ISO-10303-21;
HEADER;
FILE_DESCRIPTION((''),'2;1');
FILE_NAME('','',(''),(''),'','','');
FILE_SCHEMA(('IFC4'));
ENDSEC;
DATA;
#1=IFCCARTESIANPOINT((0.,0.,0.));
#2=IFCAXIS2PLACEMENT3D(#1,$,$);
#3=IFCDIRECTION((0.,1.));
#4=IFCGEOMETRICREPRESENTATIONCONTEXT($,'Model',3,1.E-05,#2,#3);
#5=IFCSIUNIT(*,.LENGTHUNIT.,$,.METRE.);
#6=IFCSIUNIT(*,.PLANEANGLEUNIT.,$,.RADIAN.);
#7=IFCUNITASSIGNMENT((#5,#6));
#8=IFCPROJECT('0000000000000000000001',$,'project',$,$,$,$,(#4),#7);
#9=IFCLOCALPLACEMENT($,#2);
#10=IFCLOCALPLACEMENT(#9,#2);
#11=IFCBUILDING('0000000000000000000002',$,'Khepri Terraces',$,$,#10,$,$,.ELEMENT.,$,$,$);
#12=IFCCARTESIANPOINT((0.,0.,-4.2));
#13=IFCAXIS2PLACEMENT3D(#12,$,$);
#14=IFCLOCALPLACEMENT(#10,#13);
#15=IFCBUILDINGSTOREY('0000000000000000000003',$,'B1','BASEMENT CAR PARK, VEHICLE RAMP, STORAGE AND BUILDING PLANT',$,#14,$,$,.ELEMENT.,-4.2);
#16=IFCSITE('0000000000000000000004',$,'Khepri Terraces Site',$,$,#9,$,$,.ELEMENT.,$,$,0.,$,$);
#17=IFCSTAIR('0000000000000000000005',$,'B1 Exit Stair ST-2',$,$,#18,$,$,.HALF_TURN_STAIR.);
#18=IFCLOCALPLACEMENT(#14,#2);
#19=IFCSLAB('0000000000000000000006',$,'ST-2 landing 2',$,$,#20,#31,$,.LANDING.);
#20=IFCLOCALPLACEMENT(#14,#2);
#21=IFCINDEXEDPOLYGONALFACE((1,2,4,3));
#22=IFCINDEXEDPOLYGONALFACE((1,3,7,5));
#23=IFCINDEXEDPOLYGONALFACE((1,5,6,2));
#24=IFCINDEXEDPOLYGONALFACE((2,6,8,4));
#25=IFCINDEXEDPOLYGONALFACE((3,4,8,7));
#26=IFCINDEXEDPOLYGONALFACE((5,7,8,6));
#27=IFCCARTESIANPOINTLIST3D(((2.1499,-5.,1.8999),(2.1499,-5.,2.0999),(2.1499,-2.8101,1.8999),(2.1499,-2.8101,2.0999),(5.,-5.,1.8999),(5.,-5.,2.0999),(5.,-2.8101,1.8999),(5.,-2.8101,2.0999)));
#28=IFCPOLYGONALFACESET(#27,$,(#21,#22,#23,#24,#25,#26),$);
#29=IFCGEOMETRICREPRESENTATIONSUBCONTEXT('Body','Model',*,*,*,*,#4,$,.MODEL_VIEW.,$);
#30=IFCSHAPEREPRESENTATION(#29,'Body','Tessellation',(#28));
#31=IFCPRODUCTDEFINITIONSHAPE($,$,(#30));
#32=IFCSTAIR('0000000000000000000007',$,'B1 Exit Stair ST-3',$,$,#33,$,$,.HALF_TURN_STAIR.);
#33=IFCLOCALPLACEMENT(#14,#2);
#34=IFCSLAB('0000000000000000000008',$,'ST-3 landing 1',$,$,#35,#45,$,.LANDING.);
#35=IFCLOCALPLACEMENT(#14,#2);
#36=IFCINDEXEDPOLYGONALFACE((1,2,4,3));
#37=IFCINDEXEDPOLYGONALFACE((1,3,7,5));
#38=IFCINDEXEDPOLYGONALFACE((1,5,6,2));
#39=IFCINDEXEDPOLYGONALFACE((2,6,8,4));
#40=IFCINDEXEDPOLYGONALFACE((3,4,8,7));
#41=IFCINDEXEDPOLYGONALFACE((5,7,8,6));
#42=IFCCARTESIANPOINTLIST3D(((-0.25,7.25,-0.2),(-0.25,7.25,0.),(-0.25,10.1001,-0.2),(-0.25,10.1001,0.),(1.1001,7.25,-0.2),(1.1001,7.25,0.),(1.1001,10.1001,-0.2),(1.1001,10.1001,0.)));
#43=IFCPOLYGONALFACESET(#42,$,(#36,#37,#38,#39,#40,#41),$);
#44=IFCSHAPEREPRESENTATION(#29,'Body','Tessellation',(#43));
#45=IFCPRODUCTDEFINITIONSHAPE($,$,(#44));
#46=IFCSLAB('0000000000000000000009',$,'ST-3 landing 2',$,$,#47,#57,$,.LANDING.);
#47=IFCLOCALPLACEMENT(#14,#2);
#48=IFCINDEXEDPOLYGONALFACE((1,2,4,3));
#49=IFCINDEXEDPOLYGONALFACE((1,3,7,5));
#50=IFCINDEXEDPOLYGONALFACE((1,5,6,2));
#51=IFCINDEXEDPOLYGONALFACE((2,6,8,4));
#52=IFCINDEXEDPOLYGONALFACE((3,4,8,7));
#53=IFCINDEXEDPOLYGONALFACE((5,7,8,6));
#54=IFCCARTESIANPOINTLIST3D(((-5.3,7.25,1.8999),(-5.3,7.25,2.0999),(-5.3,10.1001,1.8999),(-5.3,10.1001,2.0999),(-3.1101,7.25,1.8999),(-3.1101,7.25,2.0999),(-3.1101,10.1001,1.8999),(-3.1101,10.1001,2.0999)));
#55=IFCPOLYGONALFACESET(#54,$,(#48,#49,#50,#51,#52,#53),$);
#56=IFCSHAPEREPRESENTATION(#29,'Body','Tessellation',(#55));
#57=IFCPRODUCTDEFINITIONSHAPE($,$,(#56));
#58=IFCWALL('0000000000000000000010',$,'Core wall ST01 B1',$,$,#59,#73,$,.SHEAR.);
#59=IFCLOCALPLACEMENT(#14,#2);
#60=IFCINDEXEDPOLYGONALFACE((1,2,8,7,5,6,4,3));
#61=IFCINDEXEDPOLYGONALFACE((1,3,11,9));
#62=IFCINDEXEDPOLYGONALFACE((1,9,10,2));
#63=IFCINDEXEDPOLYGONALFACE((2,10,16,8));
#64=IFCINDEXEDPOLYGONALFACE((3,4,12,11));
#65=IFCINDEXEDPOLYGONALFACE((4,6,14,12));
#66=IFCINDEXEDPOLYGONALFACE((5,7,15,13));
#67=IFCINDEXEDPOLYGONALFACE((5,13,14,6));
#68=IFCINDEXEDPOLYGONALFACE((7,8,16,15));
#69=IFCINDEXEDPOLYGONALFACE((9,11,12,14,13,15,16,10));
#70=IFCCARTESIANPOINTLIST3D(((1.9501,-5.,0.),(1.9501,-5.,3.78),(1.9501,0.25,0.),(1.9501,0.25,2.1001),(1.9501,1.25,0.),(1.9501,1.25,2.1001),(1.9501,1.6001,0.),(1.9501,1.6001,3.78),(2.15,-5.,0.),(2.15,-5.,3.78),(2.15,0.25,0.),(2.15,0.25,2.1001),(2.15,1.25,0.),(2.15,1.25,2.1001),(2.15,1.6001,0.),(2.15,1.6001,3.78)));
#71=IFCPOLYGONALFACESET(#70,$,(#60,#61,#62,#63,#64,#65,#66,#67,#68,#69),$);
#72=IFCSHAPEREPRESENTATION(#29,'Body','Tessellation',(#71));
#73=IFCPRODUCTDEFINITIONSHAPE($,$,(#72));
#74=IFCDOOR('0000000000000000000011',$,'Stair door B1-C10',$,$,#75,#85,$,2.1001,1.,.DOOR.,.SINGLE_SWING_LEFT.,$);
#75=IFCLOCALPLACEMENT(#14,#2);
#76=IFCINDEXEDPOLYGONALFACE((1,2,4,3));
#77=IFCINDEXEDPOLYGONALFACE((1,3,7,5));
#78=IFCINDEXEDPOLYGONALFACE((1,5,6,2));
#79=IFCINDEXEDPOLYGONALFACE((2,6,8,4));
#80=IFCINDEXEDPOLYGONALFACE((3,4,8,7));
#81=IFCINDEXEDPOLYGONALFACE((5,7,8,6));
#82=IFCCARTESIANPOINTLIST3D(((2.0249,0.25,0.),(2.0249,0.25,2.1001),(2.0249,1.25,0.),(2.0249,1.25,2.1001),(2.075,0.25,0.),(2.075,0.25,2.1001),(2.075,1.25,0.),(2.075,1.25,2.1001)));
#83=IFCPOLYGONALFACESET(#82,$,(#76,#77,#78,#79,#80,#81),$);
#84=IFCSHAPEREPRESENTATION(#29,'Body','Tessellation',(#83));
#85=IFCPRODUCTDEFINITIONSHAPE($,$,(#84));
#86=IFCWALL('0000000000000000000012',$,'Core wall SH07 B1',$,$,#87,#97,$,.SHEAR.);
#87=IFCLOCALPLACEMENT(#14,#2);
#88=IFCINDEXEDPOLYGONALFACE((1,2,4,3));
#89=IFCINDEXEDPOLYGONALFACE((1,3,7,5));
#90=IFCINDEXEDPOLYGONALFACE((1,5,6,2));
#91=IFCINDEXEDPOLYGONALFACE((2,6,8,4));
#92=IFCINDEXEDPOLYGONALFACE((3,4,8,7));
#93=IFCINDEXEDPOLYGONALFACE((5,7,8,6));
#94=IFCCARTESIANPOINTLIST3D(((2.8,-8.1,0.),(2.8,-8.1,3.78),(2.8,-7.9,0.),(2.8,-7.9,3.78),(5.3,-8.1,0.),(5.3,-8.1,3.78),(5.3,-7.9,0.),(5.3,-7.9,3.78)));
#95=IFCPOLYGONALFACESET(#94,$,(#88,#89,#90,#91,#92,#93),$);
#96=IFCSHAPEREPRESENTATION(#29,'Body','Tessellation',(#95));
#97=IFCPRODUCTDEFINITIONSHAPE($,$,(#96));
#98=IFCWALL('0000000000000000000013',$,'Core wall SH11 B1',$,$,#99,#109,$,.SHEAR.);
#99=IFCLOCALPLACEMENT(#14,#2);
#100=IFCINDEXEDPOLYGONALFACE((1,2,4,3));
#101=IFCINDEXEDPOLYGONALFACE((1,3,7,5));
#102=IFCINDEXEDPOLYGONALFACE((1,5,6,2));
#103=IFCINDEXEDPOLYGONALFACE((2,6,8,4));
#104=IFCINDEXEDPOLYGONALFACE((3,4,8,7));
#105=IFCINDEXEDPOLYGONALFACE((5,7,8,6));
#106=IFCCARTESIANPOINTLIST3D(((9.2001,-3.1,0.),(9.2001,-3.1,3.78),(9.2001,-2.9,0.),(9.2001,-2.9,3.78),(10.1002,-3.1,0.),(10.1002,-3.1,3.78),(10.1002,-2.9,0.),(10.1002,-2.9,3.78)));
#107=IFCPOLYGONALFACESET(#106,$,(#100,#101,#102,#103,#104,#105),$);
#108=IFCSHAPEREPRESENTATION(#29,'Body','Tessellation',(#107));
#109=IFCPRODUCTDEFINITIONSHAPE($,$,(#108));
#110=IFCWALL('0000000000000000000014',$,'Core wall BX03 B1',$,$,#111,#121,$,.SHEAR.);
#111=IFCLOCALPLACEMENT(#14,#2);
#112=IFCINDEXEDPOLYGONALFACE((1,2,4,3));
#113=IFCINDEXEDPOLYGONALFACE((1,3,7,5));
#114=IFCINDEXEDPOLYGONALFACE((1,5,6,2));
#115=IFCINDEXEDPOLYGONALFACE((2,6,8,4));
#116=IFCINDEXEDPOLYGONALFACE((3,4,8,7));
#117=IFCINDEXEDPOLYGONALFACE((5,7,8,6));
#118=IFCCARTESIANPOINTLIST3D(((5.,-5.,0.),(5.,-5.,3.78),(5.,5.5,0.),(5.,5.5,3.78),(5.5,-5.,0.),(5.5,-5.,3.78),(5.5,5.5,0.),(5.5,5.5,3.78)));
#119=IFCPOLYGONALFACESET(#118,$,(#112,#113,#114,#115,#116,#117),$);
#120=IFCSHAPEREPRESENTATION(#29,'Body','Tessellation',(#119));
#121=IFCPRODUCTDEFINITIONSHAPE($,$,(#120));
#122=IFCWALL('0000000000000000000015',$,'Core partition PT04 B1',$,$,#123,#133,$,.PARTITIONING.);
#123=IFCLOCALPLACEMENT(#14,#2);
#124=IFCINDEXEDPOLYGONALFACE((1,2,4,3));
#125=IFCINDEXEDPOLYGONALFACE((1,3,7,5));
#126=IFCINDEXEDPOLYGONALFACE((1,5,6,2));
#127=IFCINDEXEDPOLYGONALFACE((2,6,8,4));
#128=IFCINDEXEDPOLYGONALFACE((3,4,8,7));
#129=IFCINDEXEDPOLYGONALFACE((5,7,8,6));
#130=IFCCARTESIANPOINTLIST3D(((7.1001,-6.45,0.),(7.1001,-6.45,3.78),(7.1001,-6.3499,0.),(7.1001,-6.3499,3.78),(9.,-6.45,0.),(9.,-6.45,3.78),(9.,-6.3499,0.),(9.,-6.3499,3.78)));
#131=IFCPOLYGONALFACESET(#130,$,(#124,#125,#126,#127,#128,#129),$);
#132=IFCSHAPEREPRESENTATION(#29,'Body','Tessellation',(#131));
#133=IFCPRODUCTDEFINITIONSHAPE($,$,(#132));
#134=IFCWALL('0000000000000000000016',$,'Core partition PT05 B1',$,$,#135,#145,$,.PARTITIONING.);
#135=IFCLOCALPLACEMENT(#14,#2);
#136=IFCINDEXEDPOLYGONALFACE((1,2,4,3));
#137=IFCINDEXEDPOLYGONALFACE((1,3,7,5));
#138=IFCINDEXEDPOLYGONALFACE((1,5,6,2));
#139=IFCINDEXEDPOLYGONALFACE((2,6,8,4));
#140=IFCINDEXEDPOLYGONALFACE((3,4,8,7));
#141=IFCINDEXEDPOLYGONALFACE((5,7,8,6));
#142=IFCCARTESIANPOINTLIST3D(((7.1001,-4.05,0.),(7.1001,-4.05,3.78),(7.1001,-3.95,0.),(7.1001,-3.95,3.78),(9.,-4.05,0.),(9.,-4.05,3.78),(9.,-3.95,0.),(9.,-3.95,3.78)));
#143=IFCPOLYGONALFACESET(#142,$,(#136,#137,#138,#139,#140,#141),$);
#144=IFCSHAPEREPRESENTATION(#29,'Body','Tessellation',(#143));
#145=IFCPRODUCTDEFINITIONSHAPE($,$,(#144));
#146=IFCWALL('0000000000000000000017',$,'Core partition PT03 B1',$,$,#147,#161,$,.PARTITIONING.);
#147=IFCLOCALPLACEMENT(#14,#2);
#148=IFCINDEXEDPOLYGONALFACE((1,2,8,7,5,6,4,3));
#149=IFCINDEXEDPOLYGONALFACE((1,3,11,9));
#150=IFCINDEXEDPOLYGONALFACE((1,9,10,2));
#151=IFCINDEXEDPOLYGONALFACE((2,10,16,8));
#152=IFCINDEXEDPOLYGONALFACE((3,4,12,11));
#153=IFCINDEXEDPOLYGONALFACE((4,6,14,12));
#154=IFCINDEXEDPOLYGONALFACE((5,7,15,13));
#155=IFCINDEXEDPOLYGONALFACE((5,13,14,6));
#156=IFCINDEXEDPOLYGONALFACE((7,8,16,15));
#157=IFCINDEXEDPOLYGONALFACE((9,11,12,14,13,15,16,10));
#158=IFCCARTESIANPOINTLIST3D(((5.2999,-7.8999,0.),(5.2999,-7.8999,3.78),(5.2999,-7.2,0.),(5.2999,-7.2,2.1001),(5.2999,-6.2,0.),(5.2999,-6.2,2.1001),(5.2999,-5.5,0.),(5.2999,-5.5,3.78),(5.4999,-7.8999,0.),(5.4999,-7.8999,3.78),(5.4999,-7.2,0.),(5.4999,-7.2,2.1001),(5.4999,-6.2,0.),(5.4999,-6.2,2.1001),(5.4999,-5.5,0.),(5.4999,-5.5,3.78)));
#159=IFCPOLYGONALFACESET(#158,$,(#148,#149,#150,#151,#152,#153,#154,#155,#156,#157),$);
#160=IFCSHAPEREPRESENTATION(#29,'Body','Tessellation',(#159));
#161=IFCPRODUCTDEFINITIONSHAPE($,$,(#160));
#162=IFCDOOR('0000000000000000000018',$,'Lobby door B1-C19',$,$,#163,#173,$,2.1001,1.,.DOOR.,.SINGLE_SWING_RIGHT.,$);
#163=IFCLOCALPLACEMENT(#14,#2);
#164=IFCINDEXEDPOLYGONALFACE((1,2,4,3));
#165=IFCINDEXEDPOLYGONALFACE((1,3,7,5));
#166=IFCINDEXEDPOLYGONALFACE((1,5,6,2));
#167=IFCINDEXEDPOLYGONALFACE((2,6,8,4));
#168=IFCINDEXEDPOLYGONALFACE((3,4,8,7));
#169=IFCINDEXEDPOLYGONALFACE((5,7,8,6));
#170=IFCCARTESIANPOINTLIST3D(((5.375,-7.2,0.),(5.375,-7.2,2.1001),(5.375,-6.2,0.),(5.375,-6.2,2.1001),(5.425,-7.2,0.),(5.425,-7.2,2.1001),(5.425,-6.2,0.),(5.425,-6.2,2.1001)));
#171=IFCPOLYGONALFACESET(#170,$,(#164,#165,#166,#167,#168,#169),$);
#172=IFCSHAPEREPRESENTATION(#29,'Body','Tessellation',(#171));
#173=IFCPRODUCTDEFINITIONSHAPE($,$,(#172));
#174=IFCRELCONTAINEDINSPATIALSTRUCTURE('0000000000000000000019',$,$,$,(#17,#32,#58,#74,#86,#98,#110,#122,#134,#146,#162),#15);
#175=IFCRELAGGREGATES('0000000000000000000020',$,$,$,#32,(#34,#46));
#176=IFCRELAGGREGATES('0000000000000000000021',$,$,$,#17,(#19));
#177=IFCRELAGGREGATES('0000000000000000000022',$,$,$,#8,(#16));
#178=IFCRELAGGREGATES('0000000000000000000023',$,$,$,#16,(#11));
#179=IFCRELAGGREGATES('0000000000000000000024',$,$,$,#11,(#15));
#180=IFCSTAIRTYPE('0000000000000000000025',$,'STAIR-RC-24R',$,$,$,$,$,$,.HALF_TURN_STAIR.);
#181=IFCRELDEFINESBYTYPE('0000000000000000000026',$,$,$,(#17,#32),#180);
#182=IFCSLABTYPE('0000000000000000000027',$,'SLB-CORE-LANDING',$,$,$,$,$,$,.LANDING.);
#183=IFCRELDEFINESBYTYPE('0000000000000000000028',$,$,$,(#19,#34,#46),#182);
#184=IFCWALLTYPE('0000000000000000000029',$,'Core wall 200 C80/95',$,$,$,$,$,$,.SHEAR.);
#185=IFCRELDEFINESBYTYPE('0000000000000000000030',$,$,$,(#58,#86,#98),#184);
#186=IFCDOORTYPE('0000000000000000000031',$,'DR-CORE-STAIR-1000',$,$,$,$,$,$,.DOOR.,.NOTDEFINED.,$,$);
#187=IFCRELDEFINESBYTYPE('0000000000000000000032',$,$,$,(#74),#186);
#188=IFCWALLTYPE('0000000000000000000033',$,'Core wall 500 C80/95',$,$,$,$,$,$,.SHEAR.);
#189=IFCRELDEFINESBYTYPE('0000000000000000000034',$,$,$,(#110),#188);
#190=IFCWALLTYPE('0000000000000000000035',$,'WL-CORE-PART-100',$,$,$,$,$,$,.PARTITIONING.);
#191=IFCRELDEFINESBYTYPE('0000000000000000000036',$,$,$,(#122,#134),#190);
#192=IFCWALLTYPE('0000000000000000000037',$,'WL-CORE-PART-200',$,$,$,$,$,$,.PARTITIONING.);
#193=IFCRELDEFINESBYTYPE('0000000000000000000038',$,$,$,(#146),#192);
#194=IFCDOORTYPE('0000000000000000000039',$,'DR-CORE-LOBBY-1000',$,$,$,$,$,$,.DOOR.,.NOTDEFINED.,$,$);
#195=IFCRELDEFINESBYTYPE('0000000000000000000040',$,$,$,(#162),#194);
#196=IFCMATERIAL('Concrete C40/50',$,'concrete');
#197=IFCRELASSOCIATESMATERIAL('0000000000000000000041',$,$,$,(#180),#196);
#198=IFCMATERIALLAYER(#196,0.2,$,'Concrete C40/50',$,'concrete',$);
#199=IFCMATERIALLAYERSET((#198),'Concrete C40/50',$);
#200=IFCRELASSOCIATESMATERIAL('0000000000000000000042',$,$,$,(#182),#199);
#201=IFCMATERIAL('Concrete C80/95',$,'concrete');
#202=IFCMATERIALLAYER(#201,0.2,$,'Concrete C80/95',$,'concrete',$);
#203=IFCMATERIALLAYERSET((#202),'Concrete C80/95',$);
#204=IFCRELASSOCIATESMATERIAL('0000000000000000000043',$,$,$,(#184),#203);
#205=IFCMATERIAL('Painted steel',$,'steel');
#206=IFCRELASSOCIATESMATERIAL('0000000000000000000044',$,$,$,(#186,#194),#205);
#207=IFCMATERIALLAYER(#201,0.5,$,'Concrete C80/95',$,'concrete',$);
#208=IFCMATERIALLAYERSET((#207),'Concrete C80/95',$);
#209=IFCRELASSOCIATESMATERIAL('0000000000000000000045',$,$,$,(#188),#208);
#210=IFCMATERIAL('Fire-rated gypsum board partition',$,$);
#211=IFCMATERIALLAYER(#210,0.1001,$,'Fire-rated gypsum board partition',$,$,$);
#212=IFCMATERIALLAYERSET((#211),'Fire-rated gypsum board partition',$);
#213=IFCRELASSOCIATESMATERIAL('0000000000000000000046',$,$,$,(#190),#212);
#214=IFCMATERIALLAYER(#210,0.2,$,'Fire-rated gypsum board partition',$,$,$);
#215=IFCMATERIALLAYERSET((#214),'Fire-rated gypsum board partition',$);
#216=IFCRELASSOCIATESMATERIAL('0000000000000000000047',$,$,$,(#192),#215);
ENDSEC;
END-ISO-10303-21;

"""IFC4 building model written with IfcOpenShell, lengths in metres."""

from ifc_helpers import new_model, si_unit, direction, frame, frame_2d, origin, place, context, subcontext, project, spatial, polyline, rectangle, outline, extrude, material, layer, layer_set, type_object, element, fill, aggregate, save


model = new_model("IFC4")

# Units and contexts
model_context = context("Model", 3, precision=1e-05, world=origin(), true_north=direction((0.0, 1.0)))
body_context = subcontext(model_context, "Body", "Model", "MODEL_VIEW")
ifc_project = project(units=[si_unit("LENGTHUNIT", "METRE"), si_unit("PLANEANGLEUNIT", "RADIAN")], contexts=[model_context])

# Site, building, storey
site_placement = place(None, origin())
site = spatial("IfcSite", under=ifc_project, at=site_placement, Name="Khepri Terraces Site", CompositionType="ELEMENT", RefElevation=0.0)
building_placement = place(site_placement, origin())
building = spatial("IfcBuilding", under=site, at=building_placement, Name="Khepri Terraces", CompositionType="ELEMENT")
storey_placement = place(building_placement, frame((0.0, 0.0, -4.2)))
storey = spatial("IfcBuildingStorey", under=building, at=storey_placement, Name="B1", Description="BASEMENT CAR PARK, VEHICLE RAMP, STORAGE AND BUILDING PLANT", CompositionType="ELEMENT", Elevation=-4.2)

# Shared definitions
ifc_material_1 = material(Name="Concrete C40/50", Category="concrete")

# Stairs, slabs
stair_type_1 = type_object("IfcStairType", Name="STAIR-RC-24R", PredefinedType="HALF_TURN_STAIR", material=ifc_material_1)
ifc_layer_1 = layer(ifc_material_1, 0.2, Name="Concrete C40/50", Category="concrete")
ifc_layer_set_1 = layer_set([ifc_layer_1], Name="Concrete C40/50")
slab_type_1 = type_object("IfcSlabType", Name="SLB-CORE-LANDING", PredefinedType="LANDING", material=ifc_layer_set_1)
stair_1_placement = place(storey_placement, origin())
stair_1 = element("IfcStair", 1, at=stair_1_placement, inside=storey, type_object=stair_type_1, Name="B1 Exit Stair ST-2", PredefinedType="HALF_TURN_STAIR")
slab_1_placement = place(storey_placement, frame((0.0, 0.0, 1.8999)))
slab_1 = element("IfcSlab", 2, at=slab_1_placement, type_object=slab_type_1, Name="ST-2 landing 2", PredefinedType="LANDING", context=body_context, shape_type="SweptSolid", body=[
    extrude(outline(polyline([(2.1499, -2.8101), (2.1499, -5.0), (5.0, -5.0), (5.0, -2.8101), (2.1499, -2.8101)])), origin(), (0.0, 0.0, 1.0), 0.2),
])
stair_2_placement = place(storey_placement, origin())
stair_2 = element("IfcStair", 3, at=stair_2_placement, inside=storey, type_object=stair_type_1, Name="B1 Exit Stair ST-3", PredefinedType="HALF_TURN_STAIR")
slab_2_placement = place(storey_placement, frame((0.0, 0.0, -0.2)))
slab_2 = element("IfcSlab", 4, at=slab_2_placement, type_object=slab_type_1, Name="ST-3 landing 1", PredefinedType="LANDING", context=body_context, shape_type="SweptSolid", body=[
    extrude(outline(polyline([(1.1001, 10.1001), (-0.25, 10.1001), (-0.25, 7.25), (1.1001, 7.25), (1.1001, 10.1001)])), origin(), (0.0, 0.0, 1.0), 0.2),
])
slab_3_placement = place(storey_placement, frame((0.0, 0.0, 1.8999)))
slab_3 = element("IfcSlab", 5, at=slab_3_placement, type_object=slab_type_1, Name="ST-3 landing 2", PredefinedType="LANDING", context=body_context, shape_type="SweptSolid", body=[
    extrude(outline(polyline([(-3.1101, 10.1001), (-5.3, 10.1001), (-5.3, 7.25), (-3.1101, 7.25), (-3.1101, 10.1001)])), origin(), (0.0, 0.0, 1.0), 0.2),
])
aggregate(stair_2, [slab_2, slab_3])

# Wall, opening, door
ifc_material_2 = material(Name="Concrete C80/95", Category="concrete")
ifc_layer_2 = layer(ifc_material_2, 0.2, Name="Concrete C80/95", Category="concrete")
ifc_layer_set_2 = layer_set([ifc_layer_2], Name="Concrete C80/95")
wall_type_1 = type_object("IfcWallType", Name="Core wall 200 C80/95", PredefinedType="SHEAR", material=ifc_layer_set_2)
wall_1_placement = place(storey_placement, frame((2.05, -5.0, 0.0), z_axis=(0.0, 0.0, 1.0), x_axis=(0.0, 1.0, 0.0)))
wall_1 = element("IfcWall", 6, at=wall_1_placement, inside=storey, type_object=wall_type_1, Name="Core wall ST01 B1", PredefinedType="SHEAR", context=body_context, shape_type="SweptSolid", body=[
    extrude(rectangle(XDim=6.6001, YDim=0.2, at=frame_2d((3.3, 0.0))), origin(), (0.0, 0.0, 1.0), 3.78),
])
opening_1_placement = place(wall_1_placement, frame((5.25, 0.0, 0.0)))
opening_1 = element("IfcOpeningElement", 7, at=opening_1_placement, cuts=wall_1, PredefinedType="OPENING", context=body_context, shape_type="SweptSolid", body=[
    extrude(rectangle(XDim=1.0, YDim=2.1001, at=frame_2d((0.5, 1.05))), frame((0.0, 0.1099, 0.0), z_axis=(0.0, -1.0, 0.0), x_axis=(1.0, 0.0, 0.0)), (0.0, 0.0, 1.0), 0.22),
])
ifc_material_3 = material(Name="Painted steel", Category="steel")
door_type_1 = type_object("IfcDoorType", Name="DR-CORE-STAIR-1000", OperationType="NOTDEFINED", PredefinedType="DOOR", material=ifc_material_3)
door_1_placement = place(opening_1_placement, frame((1.0, 0.0, 0.0), z_axis=(0.0, 0.0, 1.0), x_axis=(-1.0, 0.0, 0.0)))
door_1 = element("IfcDoor", 8, at=door_1_placement, inside=storey, type_object=door_type_1, Name="Stair door B1-C10", OperationType="SINGLE_SWING_LEFT", OverallHeight=2.1001, OverallWidth=1.0, PredefinedType="DOOR", context=body_context, shape_type="SweptSolid", body=[
    extrude(rectangle(XDim=1.0, YDim=2.1001, at=frame_2d((0.5, 1.05))), frame((0.0, 0.0249, 0.0), z_axis=(0.0, -1.0, 0.0), x_axis=(1.0, 0.0, 0.0)), (0.0, 0.0, 1.0), 0.05),
])
fill(opening_1, door_1)

# Walls
wall_2_placement = place(storey_placement, frame((2.8, -8.0, 0.0), z_axis=(0.0, 0.0, 1.0), x_axis=(1.0, 0.0, 0.0)))
element("IfcWall", 9, at=wall_2_placement, inside=storey, type_object=wall_type_1, Name="Core wall SH07 B1", PredefinedType="SHEAR", context=body_context, shape_type="SweptSolid", body=[
    extrude(rectangle(XDim=2.5, YDim=0.2, at=frame_2d((1.25, 0.0))), origin(), (0.0, 0.0, 1.0), 3.78),
])
wall_3_placement = place(storey_placement, frame((9.2, -3.0, 0.0), z_axis=(0.0, 0.0, 1.0), x_axis=(1.0, 0.0, 0.0)))
element("IfcWall", 10, at=wall_3_placement, inside=storey, type_object=wall_type_1, Name="Core wall SH11 B1", PredefinedType="SHEAR", context=body_context, shape_type="SweptSolid", body=[
    extrude(rectangle(XDim=0.9001, YDim=0.2, at=frame_2d((0.4502, 0.0))), origin(), (0.0, 0.0, 1.0), 3.78),
])
ifc_layer_3 = layer(ifc_material_2, 0.5, Name="Concrete C80/95", Category="concrete")
ifc_layer_set_3 = layer_set([ifc_layer_3], Name="Concrete C80/95")
wall_type_2 = type_object("IfcWallType", Name="Core wall 500 C80/95", PredefinedType="SHEAR", material=ifc_layer_set_3)
wall_4_placement = place(storey_placement, frame((5.25, -5.0, 0.0), z_axis=(0.0, 0.0, 1.0), x_axis=(0.0, 1.0, 0.0)))
element("IfcWall", 11, at=wall_4_placement, inside=storey, type_object=wall_type_2, Name="Core wall BX03 B1", PredefinedType="SHEAR", context=body_context, shape_type="SweptSolid", body=[
    extrude(rectangle(XDim=10.5, YDim=0.5, at=frame_2d((5.25, 0.0))), origin(), (0.0, 0.0, 1.0), 3.78),
])
ifc_material_4 = material(Name="Fire-rated gypsum board partition")
ifc_layer_4 = layer(ifc_material_4, 0.1001, Name="Fire-rated gypsum board partition")
ifc_layer_set_4 = layer_set([ifc_layer_4], Name="Fire-rated gypsum board partition")
wall_type_3 = type_object("IfcWallType", Name="WL-CORE-PART-100", PredefinedType="PARTITIONING", material=ifc_layer_set_4)
for number, where, z_axis, x_axis, name in (
    (12, (7.1001, -6.3999, 0.0), (0.0, 0.0, 1.0), (1.0, 0.0, 0.0), "Core partition PT04 B1"),
    (13, (7.1001, -4.0, 0.0), (0.0, 0.0, 1.0), (1.0, 0.0, 0.0), "Core partition PT05 B1"),
):
    element("IfcWall", number, at=place(storey_placement, frame(where, z_axis=z_axis, x_axis=x_axis)), inside=storey, type_object=wall_type_3, Name=name, PredefinedType="PARTITIONING", context=body_context, shape_type="SweptSolid", body=[
        extrude(rectangle(XDim=1.8999, YDim=0.1001, at=frame_2d((0.95, 0.0))), origin(), (0.0, 0.0, 1.0), 3.78),
    ])

# Wall, opening, door
ifc_layer_5 = layer(ifc_material_4, 0.2, Name="Fire-rated gypsum board partition")
ifc_layer_set_5 = layer_set([ifc_layer_5], Name="Fire-rated gypsum board partition")
wall_type_4 = type_object("IfcWallType", Name="WL-CORE-PART-200", PredefinedType="PARTITIONING", material=ifc_layer_set_5)
wall_5_placement = place(storey_placement, frame((5.3999, -7.8999, 0.0), z_axis=(0.0, 0.0, 1.0), x_axis=(0.0, 1.0, 0.0)))
wall_5 = element("IfcWall", 14, at=wall_5_placement, inside=storey, type_object=wall_type_4, Name="Core partition PT03 B1", PredefinedType="PARTITIONING", context=body_context, shape_type="SweptSolid", body=[
    extrude(rectangle(XDim=2.3999, YDim=0.2, at=frame_2d((1.2, 0.0))), origin(), (0.0, 0.0, 1.0), 3.78),
])
opening_2_placement = place(wall_5_placement, frame((0.7, 0.0, 0.0)))
opening_2 = element("IfcOpeningElement", 15, at=opening_2_placement, cuts=wall_5, PredefinedType="OPENING", context=body_context, shape_type="SweptSolid", body=[
    extrude(rectangle(XDim=1.0, YDim=2.1001, at=frame_2d((0.5, 1.05))), frame((0.0, 0.1099, 0.0), z_axis=(0.0, -1.0, 0.0), x_axis=(1.0, 0.0, 0.0)), (0.0, 0.0, 1.0), 0.22),
])
door_type_2 = type_object("IfcDoorType", Name="DR-CORE-LOBBY-1000", OperationType="NOTDEFINED", PredefinedType="DOOR", material=ifc_material_3)
door_2_placement = place(opening_2_placement, origin())
door_2 = element("IfcDoor", 16, at=door_2_placement, inside=storey, type_object=door_type_2, Name="Lobby door B1-C19", OperationType="SINGLE_SWING_RIGHT", OverallHeight=2.1001, OverallWidth=1.0, PredefinedType="DOOR", context=body_context, shape_type="SweptSolid", body=[
    extrude(rectangle(XDim=1.0, YDim=2.1001, at=frame_2d((0.5, 1.05))), frame((0.0, 0.0249, 0.0), z_axis=(0.0, -1.0, 0.0), x_axis=(1.0, 0.0, 0.0)), (0.0, 0.0, 1.0), 0.05),
])
fill(opening_2, door_2)

aggregate(stair_1, [slab_1])

save(model, "model.ifc")
